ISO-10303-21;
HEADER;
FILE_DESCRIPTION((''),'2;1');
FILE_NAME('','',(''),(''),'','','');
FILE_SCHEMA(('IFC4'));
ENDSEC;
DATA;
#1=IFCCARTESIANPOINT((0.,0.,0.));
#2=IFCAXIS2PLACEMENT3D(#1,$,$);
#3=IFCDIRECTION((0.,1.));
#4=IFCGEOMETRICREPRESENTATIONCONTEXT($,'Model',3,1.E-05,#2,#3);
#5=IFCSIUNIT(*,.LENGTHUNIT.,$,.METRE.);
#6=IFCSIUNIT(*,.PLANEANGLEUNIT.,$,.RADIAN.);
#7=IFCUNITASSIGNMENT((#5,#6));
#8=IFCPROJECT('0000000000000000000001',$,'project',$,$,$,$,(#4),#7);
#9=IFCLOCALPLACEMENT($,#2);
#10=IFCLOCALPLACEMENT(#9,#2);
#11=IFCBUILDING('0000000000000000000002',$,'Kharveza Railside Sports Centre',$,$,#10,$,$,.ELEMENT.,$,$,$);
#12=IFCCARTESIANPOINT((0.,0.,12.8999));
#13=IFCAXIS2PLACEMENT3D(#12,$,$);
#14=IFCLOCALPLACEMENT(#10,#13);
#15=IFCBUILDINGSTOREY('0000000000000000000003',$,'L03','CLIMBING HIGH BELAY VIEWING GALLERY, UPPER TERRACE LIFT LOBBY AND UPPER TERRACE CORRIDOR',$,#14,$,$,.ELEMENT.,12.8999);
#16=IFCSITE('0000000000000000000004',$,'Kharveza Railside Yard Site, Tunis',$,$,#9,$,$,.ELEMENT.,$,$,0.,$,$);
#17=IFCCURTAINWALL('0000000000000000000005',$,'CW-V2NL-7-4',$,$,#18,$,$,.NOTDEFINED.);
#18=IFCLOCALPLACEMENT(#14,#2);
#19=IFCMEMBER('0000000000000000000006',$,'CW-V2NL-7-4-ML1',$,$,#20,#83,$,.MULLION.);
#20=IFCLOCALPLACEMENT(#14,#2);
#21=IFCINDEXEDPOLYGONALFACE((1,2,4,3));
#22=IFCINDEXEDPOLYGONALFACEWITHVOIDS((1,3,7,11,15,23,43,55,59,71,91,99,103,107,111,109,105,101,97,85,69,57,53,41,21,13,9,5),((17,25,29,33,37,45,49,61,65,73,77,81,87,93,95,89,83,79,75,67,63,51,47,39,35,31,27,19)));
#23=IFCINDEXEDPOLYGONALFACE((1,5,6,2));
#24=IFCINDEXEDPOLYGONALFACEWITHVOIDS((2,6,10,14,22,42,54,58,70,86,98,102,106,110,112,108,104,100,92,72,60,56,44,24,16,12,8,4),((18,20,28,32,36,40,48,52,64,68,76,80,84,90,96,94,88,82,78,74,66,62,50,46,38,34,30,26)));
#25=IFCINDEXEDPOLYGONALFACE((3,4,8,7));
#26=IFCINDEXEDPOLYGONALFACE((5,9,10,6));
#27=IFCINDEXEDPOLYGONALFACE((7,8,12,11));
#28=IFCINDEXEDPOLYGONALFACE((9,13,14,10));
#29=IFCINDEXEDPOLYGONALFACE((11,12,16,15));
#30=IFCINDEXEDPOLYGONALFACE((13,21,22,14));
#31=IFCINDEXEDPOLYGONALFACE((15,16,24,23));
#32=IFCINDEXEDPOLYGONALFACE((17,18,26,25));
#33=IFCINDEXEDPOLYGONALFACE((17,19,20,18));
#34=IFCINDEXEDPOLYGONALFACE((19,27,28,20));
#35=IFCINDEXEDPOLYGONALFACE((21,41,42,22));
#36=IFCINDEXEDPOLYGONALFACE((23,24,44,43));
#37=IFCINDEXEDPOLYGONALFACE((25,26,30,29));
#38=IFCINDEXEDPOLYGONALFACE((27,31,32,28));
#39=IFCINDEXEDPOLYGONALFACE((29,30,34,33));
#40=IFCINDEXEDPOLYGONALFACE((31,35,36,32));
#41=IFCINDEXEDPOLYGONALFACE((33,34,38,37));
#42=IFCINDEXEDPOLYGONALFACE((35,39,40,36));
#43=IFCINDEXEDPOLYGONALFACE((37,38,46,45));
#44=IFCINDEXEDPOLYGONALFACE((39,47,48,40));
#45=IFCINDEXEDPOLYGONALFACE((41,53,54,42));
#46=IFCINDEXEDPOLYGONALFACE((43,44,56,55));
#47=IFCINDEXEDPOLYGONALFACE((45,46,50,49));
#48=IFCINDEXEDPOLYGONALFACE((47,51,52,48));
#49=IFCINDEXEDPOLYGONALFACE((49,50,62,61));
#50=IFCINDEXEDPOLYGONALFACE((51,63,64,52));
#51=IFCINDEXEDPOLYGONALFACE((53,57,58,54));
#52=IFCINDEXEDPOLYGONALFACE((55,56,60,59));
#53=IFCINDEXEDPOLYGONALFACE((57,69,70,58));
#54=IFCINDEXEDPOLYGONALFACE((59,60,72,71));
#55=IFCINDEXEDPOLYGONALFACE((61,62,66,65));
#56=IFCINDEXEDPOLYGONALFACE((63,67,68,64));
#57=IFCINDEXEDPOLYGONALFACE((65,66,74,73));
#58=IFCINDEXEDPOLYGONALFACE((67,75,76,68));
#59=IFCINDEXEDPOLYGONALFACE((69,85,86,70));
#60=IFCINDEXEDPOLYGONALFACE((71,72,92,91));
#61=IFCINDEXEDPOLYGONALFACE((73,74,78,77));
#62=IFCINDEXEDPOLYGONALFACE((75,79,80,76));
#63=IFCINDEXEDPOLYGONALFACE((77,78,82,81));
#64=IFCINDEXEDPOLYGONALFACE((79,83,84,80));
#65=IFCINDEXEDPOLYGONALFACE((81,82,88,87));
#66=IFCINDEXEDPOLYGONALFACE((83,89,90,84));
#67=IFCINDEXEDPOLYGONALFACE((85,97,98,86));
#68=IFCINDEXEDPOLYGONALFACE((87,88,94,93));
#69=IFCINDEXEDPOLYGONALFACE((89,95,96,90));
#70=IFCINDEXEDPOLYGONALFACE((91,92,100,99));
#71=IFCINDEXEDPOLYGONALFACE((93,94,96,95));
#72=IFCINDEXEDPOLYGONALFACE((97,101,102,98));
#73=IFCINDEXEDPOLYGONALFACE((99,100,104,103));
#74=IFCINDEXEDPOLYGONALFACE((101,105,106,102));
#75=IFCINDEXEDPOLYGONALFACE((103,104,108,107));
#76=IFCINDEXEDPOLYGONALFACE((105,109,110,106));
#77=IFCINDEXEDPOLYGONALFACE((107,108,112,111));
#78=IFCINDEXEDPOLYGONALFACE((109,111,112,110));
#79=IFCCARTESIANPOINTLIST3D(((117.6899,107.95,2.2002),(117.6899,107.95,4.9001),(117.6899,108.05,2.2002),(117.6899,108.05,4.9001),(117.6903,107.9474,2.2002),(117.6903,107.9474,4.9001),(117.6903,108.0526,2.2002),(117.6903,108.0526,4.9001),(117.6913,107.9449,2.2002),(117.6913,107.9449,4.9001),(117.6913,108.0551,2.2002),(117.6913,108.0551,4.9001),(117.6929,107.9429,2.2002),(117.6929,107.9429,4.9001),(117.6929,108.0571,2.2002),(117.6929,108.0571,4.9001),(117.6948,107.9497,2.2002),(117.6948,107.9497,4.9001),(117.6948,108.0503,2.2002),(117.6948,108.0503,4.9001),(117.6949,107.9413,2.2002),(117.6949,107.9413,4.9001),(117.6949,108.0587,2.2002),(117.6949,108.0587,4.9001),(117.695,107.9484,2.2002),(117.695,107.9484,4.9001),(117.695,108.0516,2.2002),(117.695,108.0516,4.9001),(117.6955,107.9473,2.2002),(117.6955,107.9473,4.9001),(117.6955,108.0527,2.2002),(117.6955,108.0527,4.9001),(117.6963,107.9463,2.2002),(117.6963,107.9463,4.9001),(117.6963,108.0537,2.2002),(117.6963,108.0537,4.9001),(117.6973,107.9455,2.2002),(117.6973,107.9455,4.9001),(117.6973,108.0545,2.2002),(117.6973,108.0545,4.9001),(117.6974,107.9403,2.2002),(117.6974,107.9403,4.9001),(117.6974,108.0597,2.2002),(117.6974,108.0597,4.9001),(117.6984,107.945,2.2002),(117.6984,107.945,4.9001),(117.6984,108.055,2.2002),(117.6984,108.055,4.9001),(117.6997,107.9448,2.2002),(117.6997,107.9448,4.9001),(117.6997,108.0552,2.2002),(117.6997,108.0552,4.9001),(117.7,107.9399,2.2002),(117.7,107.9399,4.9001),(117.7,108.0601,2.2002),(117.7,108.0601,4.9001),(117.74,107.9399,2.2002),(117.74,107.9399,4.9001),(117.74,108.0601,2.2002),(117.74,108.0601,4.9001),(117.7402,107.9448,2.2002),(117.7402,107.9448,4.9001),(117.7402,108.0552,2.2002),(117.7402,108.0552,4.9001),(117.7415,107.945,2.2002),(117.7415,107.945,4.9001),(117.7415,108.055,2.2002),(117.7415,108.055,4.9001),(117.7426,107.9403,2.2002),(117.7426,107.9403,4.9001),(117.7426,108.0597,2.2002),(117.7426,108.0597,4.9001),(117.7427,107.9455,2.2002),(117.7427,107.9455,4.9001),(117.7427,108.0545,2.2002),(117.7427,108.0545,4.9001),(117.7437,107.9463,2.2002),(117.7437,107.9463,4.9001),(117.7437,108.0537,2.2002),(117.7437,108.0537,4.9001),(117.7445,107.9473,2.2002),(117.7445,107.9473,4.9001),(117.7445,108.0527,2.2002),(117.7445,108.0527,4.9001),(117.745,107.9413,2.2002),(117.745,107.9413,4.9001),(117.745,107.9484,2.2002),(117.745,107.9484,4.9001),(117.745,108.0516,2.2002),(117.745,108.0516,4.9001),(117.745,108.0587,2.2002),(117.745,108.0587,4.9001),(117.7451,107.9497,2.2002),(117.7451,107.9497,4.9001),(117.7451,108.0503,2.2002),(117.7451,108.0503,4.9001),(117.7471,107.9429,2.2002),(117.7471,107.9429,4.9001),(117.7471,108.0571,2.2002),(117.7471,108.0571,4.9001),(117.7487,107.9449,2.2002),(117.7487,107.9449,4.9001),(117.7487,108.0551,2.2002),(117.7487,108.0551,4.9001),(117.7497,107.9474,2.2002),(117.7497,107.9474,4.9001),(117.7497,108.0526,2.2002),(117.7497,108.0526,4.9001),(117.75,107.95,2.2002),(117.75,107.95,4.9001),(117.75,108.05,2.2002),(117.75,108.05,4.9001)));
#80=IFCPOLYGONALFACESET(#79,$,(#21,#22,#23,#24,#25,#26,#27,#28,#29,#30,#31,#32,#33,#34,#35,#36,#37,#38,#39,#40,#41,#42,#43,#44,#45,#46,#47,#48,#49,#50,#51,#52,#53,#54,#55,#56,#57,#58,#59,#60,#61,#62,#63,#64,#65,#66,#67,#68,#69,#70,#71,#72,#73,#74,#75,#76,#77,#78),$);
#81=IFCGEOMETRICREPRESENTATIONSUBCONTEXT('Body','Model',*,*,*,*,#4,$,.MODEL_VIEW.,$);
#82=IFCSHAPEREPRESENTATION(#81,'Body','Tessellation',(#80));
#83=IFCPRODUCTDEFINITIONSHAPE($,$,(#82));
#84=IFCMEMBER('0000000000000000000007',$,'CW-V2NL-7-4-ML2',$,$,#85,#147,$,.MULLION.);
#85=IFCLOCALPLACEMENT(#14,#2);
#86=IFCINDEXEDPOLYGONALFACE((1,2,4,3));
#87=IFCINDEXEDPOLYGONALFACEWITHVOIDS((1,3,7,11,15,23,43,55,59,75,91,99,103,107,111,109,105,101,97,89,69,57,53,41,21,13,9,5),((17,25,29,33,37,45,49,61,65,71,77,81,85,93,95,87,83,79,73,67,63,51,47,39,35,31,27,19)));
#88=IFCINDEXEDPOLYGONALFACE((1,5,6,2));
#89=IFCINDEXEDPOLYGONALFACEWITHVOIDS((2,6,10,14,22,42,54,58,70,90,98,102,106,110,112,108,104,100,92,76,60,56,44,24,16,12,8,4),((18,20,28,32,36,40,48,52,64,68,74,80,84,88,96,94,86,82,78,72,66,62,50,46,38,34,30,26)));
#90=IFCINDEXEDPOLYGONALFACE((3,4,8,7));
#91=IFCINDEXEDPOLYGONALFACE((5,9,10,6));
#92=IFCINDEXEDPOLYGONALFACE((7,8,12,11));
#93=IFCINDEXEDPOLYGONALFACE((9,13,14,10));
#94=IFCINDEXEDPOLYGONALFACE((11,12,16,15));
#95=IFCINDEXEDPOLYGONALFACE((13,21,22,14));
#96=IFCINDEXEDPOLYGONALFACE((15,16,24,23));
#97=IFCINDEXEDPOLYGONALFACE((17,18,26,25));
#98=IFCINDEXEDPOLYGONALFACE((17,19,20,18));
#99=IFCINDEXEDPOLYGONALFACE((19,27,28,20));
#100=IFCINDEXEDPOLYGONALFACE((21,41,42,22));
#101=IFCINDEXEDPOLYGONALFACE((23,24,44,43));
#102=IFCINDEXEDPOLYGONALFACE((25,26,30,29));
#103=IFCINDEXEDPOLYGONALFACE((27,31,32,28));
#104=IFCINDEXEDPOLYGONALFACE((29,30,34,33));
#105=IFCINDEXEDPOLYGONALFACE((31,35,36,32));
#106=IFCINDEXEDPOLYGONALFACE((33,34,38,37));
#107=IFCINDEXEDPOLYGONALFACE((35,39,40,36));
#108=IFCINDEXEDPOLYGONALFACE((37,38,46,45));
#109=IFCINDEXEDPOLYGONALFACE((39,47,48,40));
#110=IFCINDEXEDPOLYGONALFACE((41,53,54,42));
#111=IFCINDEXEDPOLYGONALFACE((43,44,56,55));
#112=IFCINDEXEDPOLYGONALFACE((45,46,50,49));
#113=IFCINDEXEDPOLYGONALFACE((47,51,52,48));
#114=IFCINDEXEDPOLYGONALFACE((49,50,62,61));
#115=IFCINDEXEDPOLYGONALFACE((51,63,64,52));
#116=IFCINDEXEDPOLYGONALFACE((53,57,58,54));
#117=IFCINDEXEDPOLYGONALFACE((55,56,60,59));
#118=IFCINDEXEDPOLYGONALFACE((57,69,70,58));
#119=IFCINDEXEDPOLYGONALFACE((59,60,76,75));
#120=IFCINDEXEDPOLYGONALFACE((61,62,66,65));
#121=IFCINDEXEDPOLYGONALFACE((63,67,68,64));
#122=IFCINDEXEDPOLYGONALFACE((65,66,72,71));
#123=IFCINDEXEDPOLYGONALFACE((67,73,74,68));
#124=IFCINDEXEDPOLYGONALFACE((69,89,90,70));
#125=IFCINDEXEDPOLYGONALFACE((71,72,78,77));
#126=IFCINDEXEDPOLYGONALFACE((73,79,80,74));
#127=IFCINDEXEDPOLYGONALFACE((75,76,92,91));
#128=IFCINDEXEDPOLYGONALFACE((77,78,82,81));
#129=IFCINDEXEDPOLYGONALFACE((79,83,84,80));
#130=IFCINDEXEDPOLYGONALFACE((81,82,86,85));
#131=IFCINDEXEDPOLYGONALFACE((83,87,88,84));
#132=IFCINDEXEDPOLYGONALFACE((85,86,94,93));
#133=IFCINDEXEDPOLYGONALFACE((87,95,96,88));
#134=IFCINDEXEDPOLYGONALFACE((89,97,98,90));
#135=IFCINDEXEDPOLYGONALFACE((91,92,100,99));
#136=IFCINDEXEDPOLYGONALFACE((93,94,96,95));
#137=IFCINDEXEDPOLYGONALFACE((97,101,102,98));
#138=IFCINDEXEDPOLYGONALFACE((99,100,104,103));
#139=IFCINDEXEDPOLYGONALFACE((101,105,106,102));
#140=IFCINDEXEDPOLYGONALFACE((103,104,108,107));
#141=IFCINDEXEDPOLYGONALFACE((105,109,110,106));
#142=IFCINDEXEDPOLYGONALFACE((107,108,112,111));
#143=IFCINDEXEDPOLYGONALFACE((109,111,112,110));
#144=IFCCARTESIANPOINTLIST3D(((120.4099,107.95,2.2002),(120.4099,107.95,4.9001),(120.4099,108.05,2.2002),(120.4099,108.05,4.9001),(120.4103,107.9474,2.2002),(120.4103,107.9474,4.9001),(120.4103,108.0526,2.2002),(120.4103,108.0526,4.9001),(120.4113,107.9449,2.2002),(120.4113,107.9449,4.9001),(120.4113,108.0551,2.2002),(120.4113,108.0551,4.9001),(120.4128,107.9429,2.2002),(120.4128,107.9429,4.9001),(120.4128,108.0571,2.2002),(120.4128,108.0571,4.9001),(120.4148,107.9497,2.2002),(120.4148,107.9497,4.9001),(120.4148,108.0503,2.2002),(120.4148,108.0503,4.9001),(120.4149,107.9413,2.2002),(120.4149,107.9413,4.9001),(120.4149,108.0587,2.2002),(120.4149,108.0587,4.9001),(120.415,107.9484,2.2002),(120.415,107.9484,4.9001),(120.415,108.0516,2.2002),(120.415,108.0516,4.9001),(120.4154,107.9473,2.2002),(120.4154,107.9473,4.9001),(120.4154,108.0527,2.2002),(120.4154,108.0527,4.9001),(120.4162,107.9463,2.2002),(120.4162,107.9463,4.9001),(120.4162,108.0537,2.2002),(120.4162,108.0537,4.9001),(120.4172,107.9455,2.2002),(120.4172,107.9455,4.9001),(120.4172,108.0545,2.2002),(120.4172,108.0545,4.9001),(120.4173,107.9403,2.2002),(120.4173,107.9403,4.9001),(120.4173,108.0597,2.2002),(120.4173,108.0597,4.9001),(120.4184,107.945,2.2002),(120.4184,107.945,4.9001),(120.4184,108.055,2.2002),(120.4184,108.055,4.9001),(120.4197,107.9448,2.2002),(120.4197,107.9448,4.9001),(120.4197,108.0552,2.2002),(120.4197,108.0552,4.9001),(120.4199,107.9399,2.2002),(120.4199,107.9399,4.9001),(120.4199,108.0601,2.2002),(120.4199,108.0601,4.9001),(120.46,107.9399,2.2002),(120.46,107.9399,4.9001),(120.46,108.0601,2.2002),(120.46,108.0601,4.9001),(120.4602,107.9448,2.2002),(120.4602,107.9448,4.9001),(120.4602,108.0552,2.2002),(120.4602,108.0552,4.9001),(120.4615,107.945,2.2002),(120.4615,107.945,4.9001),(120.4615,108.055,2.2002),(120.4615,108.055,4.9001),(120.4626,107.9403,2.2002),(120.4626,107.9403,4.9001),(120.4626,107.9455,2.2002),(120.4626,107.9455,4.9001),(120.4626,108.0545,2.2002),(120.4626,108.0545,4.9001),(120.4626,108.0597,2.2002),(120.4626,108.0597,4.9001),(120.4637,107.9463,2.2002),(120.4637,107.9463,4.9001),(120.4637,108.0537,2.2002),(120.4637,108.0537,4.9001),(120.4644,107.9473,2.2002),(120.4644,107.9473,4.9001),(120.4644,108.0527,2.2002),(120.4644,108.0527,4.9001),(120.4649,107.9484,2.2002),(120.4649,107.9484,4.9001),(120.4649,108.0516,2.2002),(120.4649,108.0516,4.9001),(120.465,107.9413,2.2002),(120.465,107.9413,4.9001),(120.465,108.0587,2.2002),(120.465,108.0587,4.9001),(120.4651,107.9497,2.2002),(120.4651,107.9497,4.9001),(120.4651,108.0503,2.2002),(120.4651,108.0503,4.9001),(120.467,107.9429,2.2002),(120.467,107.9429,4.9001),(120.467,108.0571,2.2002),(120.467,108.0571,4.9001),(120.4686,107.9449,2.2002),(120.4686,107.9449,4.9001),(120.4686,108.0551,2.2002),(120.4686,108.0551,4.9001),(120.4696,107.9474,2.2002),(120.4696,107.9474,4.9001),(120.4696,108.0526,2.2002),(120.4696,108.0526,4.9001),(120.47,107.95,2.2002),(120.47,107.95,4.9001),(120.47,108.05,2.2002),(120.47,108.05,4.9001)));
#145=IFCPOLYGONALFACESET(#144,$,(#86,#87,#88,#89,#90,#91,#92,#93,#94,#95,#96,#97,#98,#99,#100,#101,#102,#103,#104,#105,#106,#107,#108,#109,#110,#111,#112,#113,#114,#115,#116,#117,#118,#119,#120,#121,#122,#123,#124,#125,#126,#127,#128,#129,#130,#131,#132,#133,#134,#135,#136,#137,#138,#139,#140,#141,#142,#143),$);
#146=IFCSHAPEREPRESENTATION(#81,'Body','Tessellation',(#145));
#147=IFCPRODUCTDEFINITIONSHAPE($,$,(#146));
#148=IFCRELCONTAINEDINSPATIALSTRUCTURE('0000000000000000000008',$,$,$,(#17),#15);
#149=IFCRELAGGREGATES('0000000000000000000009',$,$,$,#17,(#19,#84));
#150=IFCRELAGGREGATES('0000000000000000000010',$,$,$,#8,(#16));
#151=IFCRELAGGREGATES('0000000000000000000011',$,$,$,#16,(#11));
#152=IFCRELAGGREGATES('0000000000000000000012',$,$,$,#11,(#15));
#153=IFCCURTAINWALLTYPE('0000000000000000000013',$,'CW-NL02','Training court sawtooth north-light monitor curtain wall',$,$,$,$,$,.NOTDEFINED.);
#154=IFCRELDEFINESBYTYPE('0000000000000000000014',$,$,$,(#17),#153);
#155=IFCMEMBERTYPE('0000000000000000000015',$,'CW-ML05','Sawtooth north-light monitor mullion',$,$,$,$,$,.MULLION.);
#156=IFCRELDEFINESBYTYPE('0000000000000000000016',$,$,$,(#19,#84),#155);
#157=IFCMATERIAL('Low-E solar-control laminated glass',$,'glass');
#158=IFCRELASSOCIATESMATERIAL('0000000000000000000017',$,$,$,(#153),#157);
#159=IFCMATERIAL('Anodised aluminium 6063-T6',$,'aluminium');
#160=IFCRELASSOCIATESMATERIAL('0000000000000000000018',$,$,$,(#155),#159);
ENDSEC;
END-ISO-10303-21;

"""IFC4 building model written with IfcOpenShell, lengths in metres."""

from ifc_helpers import new_model, si_unit, direction, frame, origin, origin_2d, place, context, subcontext, project, spatial, hollow_rectangle, extrude, material, material_profile, profile_set, type_object, element, aggregate, save


model = new_model("IFC4")

# Units and contexts
model_context = context("Model", 3, precision=1e-05, world=origin(), true_north=direction((0.0, 1.0)))
body_context = subcontext(model_context, "Body", "Model", "MODEL_VIEW")
ifc_project = project(units=[si_unit("LENGTHUNIT", "METRE"), si_unit("PLANEANGLEUNIT", "RADIAN")], contexts=[model_context])

# Site, building, storey
site_placement = place(None, origin())
site = spatial("IfcSite", under=ifc_project, at=site_placement, Name="Kharveza Railside Yard Site, Tunis", CompositionType="ELEMENT", RefElevation=0.0)
building_placement = place(site_placement, origin())
building = spatial("IfcBuilding", under=site, at=building_placement, Name="Kharveza Railside Sports Centre", CompositionType="ELEMENT")
storey_placement = place(building_placement, frame((0.0, 0.0, 12.8999)))
storey = spatial("IfcBuildingStorey", under=building, at=storey_placement, Name="L03", Description="CLIMBING HIGH BELAY VIEWING GALLERY, UPPER TERRACE LIFT LOBBY AND UPPER TERRACE CORRIDOR", CompositionType="ELEMENT", Elevation=12.8999)

# Curtain wall, members
ifc_material_1 = material(Name="Low-E solar-control laminated glass", Category="glass")
curtain_wall_type = type_object("IfcCurtainWallType", Name="CW-NL02", Description="Training court sawtooth north-light monitor curtain wall", PredefinedType="NOTDEFINED", material=ifc_material_1)
ifc_material_2 = material(Name="Anodised aluminium 6063-T6", Category="aluminium")
ifc_material_profile_1 = material_profile(ifc_material_2, hollow_rectangle(XDim=0.0601, YDim=0.1201, WallThickness=0.0049, InnerFilletRadius=0.0049, OuterFilletRadius=0.01, at=origin_2d()), Name="RHS 60x120x5.0")
ifc_profile_set_1 = profile_set([ifc_material_profile_1], Name="Anodised aluminium 6063-T6")
member_type_1 = type_object("IfcMemberType", Name="CW-ML05", Description="Sawtooth north-light monitor mullion", PredefinedType="MULLION", material=ifc_profile_set_1)
curtain_wall_1_placement = place(storey_placement, origin())
curtain_wall_1 = element("IfcCurtainWall", 1, at=curtain_wall_1_placement, inside=storey, type_object=curtain_wall_type, Name="CW-V2NL-7-4", PredefinedType="NOTDEFINED")
member_1_placement = place(storey_placement, frame((117.72, 108.0, 2.2002), z_axis=(0.0, 0.0, 1.0), x_axis=(1.0, 0.0, 0.0)))
member_1 = element("IfcMember", 2, at=member_1_placement, type_object=member_type_1, Name="CW-V2NL-7-4-ML1", PredefinedType="MULLION", context=body_context, shape_type="SweptSolid", body=[
    extrude(hollow_rectangle(XDim=0.0601, YDim=0.1201, WallThickness=0.0049, InnerFilletRadius=0.0049, OuterFilletRadius=0.01, at=origin_2d()), origin(), (0.0, 0.0, 1.0), 2.7),
])
member_2_placement = place(storey_placement, frame((120.4399, 108.0, 2.2002), z_axis=(0.0, 0.0, 1.0), x_axis=(1.0, 0.0, 0.0)))
member_2 = element("IfcMember", 3, at=member_2_placement, type_object=member_type_1, Name="CW-V2NL-7-4-ML2", PredefinedType="MULLION", context=body_context, shape_type="SweptSolid", body=[
    extrude(hollow_rectangle(XDim=0.0601, YDim=0.1201, WallThickness=0.0049, InnerFilletRadius=0.0049, OuterFilletRadius=0.01, at=origin_2d()), origin(), (0.0, 0.0, 1.0), 2.7),
])

aggregate(curtain_wall_1, [member_1, member_2])

save(model, "model.ifc")
